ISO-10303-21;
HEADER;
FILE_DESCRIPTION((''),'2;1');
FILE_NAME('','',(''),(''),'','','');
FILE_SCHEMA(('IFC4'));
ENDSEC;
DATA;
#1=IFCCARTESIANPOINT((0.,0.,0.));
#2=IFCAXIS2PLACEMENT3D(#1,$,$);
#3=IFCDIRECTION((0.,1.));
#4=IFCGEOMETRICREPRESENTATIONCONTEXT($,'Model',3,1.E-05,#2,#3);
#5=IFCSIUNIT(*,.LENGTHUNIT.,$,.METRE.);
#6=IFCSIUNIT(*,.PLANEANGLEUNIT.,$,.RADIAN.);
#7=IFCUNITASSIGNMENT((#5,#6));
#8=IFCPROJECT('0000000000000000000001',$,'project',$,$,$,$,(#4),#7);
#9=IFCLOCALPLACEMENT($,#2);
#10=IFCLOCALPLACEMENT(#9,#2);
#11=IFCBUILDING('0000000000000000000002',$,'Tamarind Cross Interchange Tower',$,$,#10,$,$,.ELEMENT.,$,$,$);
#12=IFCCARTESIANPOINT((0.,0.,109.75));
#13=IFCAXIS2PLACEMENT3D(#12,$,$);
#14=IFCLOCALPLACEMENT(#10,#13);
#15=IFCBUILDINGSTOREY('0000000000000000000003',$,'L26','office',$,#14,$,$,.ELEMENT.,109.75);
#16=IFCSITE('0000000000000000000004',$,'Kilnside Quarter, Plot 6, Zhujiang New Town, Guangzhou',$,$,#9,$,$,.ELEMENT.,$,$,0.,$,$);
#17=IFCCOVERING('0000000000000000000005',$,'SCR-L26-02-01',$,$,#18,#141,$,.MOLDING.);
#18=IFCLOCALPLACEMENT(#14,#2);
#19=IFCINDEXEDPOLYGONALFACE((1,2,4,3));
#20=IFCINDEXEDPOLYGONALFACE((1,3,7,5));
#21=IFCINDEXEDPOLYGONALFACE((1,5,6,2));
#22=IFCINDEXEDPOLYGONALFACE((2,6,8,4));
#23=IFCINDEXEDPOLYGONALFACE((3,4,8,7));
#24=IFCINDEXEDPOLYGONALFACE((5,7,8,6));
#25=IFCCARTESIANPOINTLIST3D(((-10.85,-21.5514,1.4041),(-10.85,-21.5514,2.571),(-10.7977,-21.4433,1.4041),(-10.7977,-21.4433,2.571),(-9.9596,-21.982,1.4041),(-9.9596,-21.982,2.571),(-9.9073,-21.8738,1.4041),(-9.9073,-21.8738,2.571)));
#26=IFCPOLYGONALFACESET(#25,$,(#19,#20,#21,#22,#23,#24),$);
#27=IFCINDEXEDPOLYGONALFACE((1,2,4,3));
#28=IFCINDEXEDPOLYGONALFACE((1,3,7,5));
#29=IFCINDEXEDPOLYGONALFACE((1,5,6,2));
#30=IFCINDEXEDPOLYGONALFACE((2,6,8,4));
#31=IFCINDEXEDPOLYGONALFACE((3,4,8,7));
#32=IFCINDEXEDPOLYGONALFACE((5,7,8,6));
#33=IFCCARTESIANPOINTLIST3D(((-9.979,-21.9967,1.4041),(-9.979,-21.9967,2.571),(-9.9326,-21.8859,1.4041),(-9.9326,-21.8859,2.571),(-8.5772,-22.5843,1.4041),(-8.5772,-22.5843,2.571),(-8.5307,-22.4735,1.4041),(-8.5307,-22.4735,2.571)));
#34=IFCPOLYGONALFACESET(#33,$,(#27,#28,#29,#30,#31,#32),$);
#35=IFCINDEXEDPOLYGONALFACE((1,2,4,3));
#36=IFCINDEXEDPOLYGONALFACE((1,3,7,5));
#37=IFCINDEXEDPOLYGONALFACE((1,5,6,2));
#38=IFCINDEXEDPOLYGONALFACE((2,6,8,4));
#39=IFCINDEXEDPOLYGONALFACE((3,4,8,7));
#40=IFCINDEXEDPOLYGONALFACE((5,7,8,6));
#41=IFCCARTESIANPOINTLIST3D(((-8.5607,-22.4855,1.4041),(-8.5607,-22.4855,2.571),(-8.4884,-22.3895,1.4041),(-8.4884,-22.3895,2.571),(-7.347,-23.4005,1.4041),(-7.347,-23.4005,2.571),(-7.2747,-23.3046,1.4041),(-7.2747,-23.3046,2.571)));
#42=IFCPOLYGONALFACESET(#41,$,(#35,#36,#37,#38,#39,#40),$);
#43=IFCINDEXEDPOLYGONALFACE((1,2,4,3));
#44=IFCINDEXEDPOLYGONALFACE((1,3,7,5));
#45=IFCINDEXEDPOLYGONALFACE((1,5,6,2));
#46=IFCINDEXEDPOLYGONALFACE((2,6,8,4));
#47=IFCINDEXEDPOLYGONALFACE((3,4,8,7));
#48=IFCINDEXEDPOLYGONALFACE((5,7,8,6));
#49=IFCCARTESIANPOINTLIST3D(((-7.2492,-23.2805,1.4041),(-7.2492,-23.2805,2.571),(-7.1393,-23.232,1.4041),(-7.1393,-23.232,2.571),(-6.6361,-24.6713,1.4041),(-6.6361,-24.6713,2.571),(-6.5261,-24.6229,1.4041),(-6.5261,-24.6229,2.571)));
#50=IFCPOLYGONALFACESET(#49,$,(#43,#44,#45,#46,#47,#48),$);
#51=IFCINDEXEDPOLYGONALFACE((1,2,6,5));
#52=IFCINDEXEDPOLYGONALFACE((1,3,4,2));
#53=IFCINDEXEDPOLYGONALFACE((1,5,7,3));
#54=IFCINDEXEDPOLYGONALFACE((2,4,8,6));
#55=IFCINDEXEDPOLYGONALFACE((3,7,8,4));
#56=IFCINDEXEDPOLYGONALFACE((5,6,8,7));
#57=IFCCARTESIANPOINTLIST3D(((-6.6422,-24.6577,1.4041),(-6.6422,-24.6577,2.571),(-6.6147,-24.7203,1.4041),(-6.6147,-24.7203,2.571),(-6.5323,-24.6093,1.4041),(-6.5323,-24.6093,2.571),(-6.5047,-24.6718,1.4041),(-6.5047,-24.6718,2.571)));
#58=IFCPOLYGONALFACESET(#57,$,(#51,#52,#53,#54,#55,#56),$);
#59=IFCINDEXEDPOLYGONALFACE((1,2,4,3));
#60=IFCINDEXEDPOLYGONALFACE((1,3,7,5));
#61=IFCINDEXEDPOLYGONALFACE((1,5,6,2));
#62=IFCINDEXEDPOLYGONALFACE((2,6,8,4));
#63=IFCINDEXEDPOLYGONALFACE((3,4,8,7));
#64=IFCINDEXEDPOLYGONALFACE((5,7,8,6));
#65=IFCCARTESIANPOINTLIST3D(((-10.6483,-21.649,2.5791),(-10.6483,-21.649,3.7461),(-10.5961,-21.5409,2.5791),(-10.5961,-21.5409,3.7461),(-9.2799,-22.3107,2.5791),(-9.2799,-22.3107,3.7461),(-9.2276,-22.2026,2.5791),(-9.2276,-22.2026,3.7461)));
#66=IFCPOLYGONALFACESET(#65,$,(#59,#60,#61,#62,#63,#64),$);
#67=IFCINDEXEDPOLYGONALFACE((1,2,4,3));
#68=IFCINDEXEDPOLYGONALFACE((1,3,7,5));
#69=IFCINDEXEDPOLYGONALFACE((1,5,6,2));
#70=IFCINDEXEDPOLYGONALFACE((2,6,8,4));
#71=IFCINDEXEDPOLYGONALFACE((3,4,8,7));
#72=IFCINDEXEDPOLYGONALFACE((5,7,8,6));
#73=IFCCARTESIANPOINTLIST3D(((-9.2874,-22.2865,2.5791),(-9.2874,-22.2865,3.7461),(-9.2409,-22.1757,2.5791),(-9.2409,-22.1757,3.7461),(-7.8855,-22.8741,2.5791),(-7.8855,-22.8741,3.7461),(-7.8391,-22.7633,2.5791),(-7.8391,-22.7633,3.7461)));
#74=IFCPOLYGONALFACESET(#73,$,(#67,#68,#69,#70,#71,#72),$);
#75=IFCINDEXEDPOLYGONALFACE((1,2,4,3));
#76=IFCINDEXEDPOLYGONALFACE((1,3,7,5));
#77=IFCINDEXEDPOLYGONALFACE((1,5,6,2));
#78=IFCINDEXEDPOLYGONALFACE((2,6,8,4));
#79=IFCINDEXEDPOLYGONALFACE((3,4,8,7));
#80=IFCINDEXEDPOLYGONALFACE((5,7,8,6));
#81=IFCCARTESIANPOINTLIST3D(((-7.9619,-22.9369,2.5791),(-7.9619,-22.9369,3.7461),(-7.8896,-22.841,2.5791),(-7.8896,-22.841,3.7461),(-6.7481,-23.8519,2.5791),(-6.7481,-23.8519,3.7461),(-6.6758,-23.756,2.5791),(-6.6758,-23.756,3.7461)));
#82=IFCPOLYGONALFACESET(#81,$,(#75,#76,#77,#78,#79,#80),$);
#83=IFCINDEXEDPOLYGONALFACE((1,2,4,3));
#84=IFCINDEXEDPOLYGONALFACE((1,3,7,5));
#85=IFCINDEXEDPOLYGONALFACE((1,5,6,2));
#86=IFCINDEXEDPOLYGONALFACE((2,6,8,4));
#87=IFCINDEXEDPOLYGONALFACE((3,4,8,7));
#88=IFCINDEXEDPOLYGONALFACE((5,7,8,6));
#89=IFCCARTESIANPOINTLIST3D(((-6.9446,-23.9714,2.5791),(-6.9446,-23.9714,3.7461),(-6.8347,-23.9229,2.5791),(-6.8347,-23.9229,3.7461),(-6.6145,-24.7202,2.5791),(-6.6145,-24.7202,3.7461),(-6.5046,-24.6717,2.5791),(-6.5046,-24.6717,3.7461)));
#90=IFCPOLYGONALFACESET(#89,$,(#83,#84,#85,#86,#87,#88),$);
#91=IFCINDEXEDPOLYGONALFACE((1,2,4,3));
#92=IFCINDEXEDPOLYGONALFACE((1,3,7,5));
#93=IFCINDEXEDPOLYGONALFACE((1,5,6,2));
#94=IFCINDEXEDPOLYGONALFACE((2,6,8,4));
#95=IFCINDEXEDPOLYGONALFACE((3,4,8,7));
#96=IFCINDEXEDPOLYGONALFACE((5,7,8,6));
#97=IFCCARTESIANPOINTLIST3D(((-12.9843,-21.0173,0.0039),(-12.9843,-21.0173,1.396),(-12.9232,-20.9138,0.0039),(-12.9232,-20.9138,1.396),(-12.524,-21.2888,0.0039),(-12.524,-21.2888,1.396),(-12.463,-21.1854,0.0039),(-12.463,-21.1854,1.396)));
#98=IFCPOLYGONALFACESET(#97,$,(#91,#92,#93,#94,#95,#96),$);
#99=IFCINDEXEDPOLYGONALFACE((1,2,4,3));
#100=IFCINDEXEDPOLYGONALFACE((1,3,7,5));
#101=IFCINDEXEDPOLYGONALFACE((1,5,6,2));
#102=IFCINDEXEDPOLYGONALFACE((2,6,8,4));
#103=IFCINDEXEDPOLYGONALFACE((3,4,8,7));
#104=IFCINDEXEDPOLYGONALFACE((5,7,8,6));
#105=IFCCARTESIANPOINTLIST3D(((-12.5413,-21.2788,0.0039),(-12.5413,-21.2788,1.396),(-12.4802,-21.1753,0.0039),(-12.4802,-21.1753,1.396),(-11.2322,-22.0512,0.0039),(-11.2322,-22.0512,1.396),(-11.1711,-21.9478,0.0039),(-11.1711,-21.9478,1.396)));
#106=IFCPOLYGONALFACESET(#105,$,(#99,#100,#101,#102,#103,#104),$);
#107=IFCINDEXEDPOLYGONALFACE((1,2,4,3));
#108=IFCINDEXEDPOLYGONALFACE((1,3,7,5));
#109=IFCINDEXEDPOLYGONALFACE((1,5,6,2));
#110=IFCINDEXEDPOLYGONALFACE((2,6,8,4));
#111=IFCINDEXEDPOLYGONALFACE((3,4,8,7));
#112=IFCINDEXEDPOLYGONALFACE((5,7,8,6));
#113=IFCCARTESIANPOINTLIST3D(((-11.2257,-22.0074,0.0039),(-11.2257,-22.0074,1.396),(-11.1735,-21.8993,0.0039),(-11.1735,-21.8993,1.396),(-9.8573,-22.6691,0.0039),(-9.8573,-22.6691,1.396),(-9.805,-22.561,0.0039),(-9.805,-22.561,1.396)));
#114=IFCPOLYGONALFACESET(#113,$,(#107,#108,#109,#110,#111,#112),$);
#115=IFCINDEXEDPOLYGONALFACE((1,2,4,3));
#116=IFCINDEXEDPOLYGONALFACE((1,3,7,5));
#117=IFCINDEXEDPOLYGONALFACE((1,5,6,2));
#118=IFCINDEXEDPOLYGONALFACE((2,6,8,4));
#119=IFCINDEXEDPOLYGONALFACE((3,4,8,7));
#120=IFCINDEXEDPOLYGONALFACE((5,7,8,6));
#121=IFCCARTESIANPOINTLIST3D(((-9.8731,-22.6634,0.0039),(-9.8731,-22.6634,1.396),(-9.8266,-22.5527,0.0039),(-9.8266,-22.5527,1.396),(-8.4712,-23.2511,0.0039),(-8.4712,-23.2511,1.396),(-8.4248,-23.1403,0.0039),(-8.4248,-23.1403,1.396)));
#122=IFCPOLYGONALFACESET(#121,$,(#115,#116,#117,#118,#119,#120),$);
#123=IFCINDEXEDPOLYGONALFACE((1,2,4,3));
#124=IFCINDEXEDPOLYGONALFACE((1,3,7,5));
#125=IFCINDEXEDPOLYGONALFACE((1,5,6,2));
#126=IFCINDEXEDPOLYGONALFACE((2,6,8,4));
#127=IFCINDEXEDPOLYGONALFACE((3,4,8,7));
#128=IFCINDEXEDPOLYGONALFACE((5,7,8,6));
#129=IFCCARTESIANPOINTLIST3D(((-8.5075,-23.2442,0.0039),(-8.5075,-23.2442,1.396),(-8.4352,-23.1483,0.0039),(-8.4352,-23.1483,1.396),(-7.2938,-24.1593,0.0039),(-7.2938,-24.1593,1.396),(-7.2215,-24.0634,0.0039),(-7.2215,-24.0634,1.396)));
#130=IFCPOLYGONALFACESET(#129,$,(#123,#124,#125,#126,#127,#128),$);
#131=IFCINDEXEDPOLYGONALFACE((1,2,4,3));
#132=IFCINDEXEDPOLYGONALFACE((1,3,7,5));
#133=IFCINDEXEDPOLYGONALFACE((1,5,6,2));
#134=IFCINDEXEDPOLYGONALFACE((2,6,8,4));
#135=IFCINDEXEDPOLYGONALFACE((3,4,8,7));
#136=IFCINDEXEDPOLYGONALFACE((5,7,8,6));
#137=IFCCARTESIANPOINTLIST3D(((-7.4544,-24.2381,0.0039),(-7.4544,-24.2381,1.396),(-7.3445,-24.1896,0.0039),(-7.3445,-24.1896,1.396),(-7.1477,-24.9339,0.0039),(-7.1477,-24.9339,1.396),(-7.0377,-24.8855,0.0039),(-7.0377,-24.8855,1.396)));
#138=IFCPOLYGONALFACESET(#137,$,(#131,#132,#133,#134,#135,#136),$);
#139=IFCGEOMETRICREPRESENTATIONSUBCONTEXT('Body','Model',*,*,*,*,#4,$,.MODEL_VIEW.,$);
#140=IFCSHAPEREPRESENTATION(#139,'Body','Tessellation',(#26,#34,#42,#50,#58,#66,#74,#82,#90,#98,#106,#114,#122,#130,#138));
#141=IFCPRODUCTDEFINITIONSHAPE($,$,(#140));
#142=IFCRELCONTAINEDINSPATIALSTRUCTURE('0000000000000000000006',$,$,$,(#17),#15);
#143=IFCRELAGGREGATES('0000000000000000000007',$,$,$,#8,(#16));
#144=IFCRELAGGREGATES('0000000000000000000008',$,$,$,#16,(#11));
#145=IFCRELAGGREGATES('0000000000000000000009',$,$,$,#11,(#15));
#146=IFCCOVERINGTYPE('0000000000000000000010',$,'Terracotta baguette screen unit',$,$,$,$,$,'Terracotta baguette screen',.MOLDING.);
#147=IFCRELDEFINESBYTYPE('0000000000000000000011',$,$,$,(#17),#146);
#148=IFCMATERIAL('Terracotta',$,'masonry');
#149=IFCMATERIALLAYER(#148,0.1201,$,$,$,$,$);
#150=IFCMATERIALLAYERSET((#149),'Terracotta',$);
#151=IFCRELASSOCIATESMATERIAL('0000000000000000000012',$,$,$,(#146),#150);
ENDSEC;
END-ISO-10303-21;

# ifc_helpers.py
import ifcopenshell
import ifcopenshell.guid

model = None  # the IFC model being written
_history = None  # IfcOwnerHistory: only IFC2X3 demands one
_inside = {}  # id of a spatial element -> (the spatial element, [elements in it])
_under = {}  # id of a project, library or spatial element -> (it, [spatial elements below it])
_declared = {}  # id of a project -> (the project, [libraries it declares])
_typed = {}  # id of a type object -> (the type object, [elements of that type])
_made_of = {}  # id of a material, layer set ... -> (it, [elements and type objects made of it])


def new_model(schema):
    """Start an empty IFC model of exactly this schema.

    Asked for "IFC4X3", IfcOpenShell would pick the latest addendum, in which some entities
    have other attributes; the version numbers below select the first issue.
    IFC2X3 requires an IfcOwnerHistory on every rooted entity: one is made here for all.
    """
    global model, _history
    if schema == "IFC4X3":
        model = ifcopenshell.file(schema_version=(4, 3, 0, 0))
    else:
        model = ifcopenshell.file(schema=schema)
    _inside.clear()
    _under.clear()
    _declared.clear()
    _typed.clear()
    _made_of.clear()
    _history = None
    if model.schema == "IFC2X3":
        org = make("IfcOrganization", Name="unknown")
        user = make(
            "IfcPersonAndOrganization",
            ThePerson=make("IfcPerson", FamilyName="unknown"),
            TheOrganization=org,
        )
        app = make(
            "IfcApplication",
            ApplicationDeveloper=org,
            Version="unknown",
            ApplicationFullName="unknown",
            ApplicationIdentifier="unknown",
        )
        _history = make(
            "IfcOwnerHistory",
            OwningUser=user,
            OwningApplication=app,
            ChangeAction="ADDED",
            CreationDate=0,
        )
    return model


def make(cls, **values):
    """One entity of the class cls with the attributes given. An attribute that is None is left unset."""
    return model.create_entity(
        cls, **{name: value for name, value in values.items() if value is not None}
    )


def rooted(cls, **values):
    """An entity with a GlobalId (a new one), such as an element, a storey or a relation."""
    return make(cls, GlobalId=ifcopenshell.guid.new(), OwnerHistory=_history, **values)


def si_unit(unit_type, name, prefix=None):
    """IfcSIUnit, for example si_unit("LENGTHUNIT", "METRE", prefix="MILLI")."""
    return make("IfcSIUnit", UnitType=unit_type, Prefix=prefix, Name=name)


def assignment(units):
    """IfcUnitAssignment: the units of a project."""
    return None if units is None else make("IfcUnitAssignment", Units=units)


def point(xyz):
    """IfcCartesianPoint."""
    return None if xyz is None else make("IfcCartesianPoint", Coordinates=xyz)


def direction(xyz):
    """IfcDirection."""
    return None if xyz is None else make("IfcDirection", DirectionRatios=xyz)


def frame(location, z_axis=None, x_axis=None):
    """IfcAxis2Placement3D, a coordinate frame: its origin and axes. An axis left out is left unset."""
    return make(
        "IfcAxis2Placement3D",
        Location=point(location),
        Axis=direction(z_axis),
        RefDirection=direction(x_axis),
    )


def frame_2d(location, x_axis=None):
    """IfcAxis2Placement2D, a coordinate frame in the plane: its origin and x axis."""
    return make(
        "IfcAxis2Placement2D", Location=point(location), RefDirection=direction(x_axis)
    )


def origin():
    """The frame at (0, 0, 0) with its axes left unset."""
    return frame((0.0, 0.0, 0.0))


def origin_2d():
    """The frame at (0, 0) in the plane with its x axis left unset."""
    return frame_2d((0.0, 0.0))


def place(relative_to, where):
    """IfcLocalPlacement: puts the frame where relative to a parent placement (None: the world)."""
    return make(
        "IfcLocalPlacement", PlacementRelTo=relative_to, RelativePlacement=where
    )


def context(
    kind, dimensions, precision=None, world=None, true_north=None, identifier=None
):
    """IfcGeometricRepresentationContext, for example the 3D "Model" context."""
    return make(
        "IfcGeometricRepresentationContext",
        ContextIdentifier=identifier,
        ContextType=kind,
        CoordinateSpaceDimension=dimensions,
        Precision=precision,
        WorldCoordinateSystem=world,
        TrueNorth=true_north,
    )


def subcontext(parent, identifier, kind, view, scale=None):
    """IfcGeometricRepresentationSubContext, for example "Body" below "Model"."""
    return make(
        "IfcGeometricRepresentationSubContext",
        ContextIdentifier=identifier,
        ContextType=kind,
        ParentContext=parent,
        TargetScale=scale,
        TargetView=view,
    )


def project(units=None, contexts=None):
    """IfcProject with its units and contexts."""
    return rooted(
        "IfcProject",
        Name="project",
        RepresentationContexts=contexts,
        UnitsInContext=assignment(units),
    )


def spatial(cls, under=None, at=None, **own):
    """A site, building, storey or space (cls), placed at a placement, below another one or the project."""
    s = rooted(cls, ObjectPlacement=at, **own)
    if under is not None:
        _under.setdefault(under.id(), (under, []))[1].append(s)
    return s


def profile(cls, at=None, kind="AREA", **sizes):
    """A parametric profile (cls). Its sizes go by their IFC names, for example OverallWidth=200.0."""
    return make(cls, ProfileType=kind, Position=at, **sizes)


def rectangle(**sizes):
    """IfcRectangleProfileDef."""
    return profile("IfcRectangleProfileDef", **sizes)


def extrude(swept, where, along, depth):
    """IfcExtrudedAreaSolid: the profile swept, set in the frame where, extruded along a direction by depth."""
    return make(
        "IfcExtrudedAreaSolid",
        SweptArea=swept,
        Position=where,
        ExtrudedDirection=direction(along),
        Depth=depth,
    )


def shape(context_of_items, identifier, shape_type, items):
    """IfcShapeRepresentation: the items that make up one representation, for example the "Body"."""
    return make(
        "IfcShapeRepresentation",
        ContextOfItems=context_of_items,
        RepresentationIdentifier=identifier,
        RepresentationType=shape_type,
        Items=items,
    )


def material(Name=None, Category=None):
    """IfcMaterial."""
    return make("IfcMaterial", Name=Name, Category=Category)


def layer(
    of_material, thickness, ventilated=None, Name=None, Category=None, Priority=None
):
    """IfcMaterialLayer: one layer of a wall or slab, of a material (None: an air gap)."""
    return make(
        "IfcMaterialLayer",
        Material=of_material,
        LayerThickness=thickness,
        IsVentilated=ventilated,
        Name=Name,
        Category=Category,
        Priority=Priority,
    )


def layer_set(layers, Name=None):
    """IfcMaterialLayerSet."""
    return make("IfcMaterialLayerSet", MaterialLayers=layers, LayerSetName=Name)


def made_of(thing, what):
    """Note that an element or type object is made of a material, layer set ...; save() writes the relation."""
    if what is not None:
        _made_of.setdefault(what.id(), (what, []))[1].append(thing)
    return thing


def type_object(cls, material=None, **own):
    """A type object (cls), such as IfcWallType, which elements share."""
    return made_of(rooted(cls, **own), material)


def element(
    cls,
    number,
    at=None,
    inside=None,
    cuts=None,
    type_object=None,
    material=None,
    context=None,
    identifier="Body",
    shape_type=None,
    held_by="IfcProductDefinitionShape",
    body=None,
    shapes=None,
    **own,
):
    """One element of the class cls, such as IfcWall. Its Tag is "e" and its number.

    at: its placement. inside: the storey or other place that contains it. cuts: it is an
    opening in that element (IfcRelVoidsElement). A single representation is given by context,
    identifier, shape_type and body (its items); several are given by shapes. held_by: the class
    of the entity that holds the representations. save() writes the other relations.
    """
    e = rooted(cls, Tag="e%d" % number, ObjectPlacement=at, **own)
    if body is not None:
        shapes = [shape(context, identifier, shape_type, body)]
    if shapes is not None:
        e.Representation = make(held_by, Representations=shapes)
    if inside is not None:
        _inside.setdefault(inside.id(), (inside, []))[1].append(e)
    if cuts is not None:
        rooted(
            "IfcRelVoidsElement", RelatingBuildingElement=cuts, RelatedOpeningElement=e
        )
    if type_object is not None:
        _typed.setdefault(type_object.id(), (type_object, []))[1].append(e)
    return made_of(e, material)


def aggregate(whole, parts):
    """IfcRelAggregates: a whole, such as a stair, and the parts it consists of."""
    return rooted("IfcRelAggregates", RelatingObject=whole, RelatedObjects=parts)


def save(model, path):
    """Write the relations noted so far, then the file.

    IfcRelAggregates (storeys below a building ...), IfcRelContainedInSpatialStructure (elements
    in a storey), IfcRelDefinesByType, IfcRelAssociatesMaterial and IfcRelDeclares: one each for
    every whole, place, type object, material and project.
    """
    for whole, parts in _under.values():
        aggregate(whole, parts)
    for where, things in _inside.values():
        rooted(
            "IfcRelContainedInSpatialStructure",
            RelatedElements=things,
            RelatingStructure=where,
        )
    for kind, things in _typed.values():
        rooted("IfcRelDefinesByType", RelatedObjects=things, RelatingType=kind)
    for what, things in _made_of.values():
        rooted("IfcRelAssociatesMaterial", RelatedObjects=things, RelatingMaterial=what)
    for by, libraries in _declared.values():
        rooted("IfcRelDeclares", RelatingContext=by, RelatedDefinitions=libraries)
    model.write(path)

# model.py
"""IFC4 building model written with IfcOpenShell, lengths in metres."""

from ifc_helpers import new_model, si_unit, direction, frame, origin, origin_2d, place, context, subcontext, project, spatial, rectangle, extrude, material, layer, layer_set, type_object, element, save


model = new_model("IFC4")

# Units and contexts
model_context = context("Model", 3, precision=1e-05, world=origin(), true_north=direction((0.0, 1.0)))
body_context = subcontext(model_context, "Body", "Model", "MODEL_VIEW")
ifc_project = project(units=[si_unit("LENGTHUNIT", "METRE"), si_unit("PLANEANGLEUNIT", "RADIAN")], contexts=[model_context])

# Site, building, storey
site_placement = place(None, origin())
site = spatial("IfcSite", under=ifc_project, at=site_placement, Name="Kilnside Quarter, Plot 6, Zhujiang New Town, Guangzhou", CompositionType="ELEMENT", RefElevation=0.0)
building_placement = place(site_placement, origin())
building = spatial("IfcBuilding", under=site, at=building_placement, Name="Tamarind Cross Interchange Tower", CompositionType="ELEMENT")
storey_placement = place(building_placement, frame((0.0, 0.0, 109.75)))
storey = spatial("IfcBuildingStorey", under=building, at=storey_placement, Name="L26", Description="office", CompositionType="ELEMENT", Elevation=109.75)

# Covering
ifc_material_1 = material(Name="Terracotta", Category="masonry")
ifc_layer_1 = layer(ifc_material_1, 0.1201)
ifc_layer_set_1 = layer_set([ifc_layer_1], Name="Terracotta")
covering_type = type_object("IfcCoveringType", Name="Terracotta baguette screen unit", ElementType="Terracotta baguette screen", PredefinedType="MOLDING", material=ifc_layer_set_1)
covering_1_placement = place(storey_placement, origin())
element("IfcCovering", 1, at=covering_1_placement, inside=storey, type_object=covering_type, Name="SCR-L26-02-01", PredefinedType="MOLDING", context=body_context, shape_type="SweptSolid", body=[
    extrude(rectangle(XDim=0.989, YDim=0.1201, at=origin_2d()), frame((-10.3787, -21.7126, 1.4041), z_axis=(0.0, 0.0, 1.0), x_axis=(0.900273, -0.435326, 0.0)), (0.0, 0.0, 1.0), 1.167),
    extrude(rectangle(XDim=1.52, YDim=0.1201, at=origin_2d()), frame((-9.2549, -22.2351, 1.4041), z_axis=(0.0, 0.0, 1.0), x_axis=(0.922253, -0.386587, 0.0)), (0.0, 0.0, 1.0), 1.167),
    extrude(rectangle(XDim=1.52, YDim=0.1201, at=origin_2d()), frame((-7.9177, -22.895, 1.4041), z_axis=(0.0, 0.0, 1.0), x_axis=(0.798501, -0.601994, 0.0)), (0.0, 0.0, 1.0), 1.167),
    extrude(rectangle(XDim=1.52, YDim=0.1201, at=origin_2d()), frame((-6.8877, -23.9517, 1.4041), z_axis=(0.0, 0.0, 1.0), x_axis=(0.403415, -0.915017, 0.0)), (0.0, 0.0, 1.0), 1.167),
    extrude(rectangle(XDim=0.0684, YDim=0.1201, at=origin_2d()), frame((-6.5735, -24.6648, 1.4041), z_axis=(0.0, 0.0, 1.0), x_axis=(0.403415, -0.915017, 0.0)), (0.0, 0.0, 1.0), 1.167),
    extrude(rectangle(XDim=1.52, YDim=0.1201, at=origin_2d()), frame((-9.938, -21.9258, 2.5791), z_axis=(0.0, 0.0, 1.0), x_axis=(0.900273, -0.435326, 0.0)), (0.0, 0.0, 1.0), 1.167),
    extrude(rectangle(XDim=1.52, YDim=0.1201, at=origin_2d()), frame((-8.5632, -22.5249, 2.5791), z_axis=(0.0, 0.0, 1.0), x_axis=(0.922253, -0.386587, 0.0)), (0.0, 0.0, 1.0), 1.167),
    extrude(rectangle(XDim=1.52, YDim=0.1201, at=origin_2d()), frame((-7.3188, -23.3464, 2.5791), z_axis=(0.0, 0.0, 1.0), x_axis=(0.798501, -0.601994, 0.0)), (0.0, 0.0, 1.0), 1.167),
    extrude(rectangle(XDim=0.8184, YDim=0.1201, at=origin_2d()), frame((-6.7246, -24.3215, 2.5791), z_axis=(0.0, 0.0, 1.0), x_axis=(0.403415, -0.915017, 0.0)), (0.0, 0.0, 1.0), 1.167),
    extrude(rectangle(XDim=0.5344, YDim=0.1201, at=origin_2d()), frame((-12.7236, -21.1013, 0.0039), z_axis=(0.0, 0.0, 1.0), x_axis=(0.861249, -0.508183, 0.0)), (0.0, 0.0, 1.0), 1.3921),
    extrude(rectangle(XDim=1.52, YDim=0.1201, at=origin_2d()), frame((-11.8562, -21.6133, 0.0039), z_axis=(0.0, 0.0, 1.0), x_axis=(0.861249, -0.508183, 0.0)), (0.0, 0.0, 1.0), 1.3921),
    extrude(rectangle(XDim=1.52, YDim=0.1201, at=origin_2d()), frame((-10.5154, -22.2842, 0.0039), z_axis=(0.0, 0.0, 1.0), x_axis=(0.900273, -0.435326, 0.0)), (0.0, 0.0, 1.0), 1.3921),
    extrude(rectangle(XDim=1.52, YDim=0.1201, at=origin_2d()), frame((-9.1489, -22.9019, 0.0039), z_axis=(0.0, 0.0, 1.0), x_axis=(0.922253, -0.386587, 0.0)), (0.0, 0.0, 1.0), 1.3921),
    extrude(rectangle(XDim=1.52, YDim=0.1201, at=origin_2d()), frame((-7.8645, -23.6538, 0.0039), z_axis=(0.0, 0.0, 1.0), x_axis=(0.798501, -0.601994, 0.0)), (0.0, 0.0, 1.0), 1.3921),
    extrude(rectangle(XDim=0.7605, YDim=0.1201, at=origin_2d()), frame((-7.2461, -24.5618, 0.0039), z_axis=(0.0, 0.0, 1.0), x_axis=(0.403415, -0.915017, 0.0)), (0.0, 0.0, 1.0), 1.3921),
])

save(model, "model.ifc")
